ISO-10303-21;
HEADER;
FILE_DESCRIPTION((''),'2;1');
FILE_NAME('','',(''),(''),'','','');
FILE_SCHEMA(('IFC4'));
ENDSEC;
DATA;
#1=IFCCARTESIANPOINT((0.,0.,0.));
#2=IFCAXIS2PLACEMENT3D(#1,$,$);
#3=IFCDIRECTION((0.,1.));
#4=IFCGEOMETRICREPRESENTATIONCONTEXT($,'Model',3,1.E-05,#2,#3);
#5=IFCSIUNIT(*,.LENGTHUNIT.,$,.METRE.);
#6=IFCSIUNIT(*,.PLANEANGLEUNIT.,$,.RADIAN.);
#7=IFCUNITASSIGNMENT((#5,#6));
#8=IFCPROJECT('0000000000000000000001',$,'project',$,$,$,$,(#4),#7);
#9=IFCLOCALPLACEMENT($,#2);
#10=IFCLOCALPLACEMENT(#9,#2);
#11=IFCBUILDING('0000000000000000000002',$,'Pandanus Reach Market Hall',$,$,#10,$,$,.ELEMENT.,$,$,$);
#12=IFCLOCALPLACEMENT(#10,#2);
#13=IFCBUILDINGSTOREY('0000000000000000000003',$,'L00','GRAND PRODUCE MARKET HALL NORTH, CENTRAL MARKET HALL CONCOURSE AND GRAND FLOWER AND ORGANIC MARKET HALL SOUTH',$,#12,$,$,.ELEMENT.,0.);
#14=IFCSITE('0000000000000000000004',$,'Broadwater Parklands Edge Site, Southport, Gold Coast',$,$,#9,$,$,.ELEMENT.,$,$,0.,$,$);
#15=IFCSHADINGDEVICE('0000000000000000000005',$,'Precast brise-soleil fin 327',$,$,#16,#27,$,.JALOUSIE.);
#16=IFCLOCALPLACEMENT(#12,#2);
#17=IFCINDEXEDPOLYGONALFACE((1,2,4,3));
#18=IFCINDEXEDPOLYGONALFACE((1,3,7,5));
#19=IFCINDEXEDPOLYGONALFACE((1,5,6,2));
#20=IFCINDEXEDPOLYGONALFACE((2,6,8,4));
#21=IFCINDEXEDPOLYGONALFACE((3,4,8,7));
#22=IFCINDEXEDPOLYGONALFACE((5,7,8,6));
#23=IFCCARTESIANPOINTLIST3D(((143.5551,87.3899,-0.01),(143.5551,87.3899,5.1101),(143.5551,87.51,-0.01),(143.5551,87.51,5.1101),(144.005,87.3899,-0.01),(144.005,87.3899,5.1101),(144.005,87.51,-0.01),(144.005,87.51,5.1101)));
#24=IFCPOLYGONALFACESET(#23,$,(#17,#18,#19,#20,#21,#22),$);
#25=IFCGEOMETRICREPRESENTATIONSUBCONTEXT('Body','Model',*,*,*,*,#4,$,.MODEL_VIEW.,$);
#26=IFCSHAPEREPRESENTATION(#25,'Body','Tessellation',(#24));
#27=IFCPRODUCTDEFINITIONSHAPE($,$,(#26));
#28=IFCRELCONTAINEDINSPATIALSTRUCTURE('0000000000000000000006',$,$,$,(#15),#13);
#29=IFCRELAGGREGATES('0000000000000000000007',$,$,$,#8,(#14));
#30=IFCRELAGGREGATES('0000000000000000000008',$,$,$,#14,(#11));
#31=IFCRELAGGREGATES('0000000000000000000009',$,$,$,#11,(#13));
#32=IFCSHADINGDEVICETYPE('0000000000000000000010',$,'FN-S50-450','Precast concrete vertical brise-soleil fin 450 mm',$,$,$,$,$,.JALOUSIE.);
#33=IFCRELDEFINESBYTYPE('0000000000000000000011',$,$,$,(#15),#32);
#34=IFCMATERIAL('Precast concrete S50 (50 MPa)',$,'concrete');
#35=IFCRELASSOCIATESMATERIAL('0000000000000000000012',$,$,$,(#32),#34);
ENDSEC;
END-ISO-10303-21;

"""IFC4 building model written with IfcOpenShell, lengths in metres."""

from ifc_helpers import new_model, si_unit, direction, frame, origin, origin_2d, place, context, subcontext, project, spatial, rectangle, extrude, material, type_object, element, save


model = new_model("IFC4")

# Units and contexts
model_context = context("Model", 3, precision=1e-05, world=origin(), true_north=direction((0.0, 1.0)))
body_context = subcontext(model_context, "Body", "Model", "MODEL_VIEW")
ifc_project = project(units=[si_unit("LENGTHUNIT", "METRE"), si_unit("PLANEANGLEUNIT", "RADIAN")], contexts=[model_context])

# Site, building, storey
site_placement = place(None, origin())
site = spatial("IfcSite", under=ifc_project, at=site_placement, Name="Broadwater Parklands Edge Site, Southport, Gold Coast", CompositionType="ELEMENT", RefElevation=0.0)
building_placement = place(site_placement, origin())
building = spatial("IfcBuilding", under=site, at=building_placement, Name="Pandanus Reach Market Hall", CompositionType="ELEMENT")
storey_placement = place(building_placement, origin())
storey = spatial("IfcBuildingStorey", under=building, at=storey_placement, Name="L00", Description="GRAND PRODUCE MARKET HALL NORTH, CENTRAL MARKET HALL CONCOURSE AND GRAND FLOWER AND ORGANIC MARKET HALL SOUTH", CompositionType="ELEMENT", Elevation=0.0)

# Shading device
ifc_material_1 = material(Name="Precast concrete S50 (50 MPa)", Category="concrete")
shading_device_type = type_object("IfcShadingDeviceType", Name="FN-S50-450", Description="Precast concrete vertical brise-soleil fin 450 mm", PredefinedType="JALOUSIE", material=ifc_material_1)
for number, where, z_axis, x_axis, name in (
    (1, (143.78, 87.45, -0.01), (0.0, 0.0, 1.0), (-1.0, 0.0, 0.0), "Precast brise-soleil fin 327"),
):
    element("IfcShadingDevice", number, at=place(storey_placement, frame(where, z_axis=z_axis, x_axis=x_axis)), inside=storey, type_object=shading_device_type, Name=name, PredefinedType="JALOUSIE", context=body_context, shape_type="SweptSolid", body=[
        extrude(rectangle(XDim=0.45, YDim=0.1201, at=origin_2d()), origin(), (0.0, 0.0, 1.0), 5.1201),
    ])

save(model, "model.ifc")
